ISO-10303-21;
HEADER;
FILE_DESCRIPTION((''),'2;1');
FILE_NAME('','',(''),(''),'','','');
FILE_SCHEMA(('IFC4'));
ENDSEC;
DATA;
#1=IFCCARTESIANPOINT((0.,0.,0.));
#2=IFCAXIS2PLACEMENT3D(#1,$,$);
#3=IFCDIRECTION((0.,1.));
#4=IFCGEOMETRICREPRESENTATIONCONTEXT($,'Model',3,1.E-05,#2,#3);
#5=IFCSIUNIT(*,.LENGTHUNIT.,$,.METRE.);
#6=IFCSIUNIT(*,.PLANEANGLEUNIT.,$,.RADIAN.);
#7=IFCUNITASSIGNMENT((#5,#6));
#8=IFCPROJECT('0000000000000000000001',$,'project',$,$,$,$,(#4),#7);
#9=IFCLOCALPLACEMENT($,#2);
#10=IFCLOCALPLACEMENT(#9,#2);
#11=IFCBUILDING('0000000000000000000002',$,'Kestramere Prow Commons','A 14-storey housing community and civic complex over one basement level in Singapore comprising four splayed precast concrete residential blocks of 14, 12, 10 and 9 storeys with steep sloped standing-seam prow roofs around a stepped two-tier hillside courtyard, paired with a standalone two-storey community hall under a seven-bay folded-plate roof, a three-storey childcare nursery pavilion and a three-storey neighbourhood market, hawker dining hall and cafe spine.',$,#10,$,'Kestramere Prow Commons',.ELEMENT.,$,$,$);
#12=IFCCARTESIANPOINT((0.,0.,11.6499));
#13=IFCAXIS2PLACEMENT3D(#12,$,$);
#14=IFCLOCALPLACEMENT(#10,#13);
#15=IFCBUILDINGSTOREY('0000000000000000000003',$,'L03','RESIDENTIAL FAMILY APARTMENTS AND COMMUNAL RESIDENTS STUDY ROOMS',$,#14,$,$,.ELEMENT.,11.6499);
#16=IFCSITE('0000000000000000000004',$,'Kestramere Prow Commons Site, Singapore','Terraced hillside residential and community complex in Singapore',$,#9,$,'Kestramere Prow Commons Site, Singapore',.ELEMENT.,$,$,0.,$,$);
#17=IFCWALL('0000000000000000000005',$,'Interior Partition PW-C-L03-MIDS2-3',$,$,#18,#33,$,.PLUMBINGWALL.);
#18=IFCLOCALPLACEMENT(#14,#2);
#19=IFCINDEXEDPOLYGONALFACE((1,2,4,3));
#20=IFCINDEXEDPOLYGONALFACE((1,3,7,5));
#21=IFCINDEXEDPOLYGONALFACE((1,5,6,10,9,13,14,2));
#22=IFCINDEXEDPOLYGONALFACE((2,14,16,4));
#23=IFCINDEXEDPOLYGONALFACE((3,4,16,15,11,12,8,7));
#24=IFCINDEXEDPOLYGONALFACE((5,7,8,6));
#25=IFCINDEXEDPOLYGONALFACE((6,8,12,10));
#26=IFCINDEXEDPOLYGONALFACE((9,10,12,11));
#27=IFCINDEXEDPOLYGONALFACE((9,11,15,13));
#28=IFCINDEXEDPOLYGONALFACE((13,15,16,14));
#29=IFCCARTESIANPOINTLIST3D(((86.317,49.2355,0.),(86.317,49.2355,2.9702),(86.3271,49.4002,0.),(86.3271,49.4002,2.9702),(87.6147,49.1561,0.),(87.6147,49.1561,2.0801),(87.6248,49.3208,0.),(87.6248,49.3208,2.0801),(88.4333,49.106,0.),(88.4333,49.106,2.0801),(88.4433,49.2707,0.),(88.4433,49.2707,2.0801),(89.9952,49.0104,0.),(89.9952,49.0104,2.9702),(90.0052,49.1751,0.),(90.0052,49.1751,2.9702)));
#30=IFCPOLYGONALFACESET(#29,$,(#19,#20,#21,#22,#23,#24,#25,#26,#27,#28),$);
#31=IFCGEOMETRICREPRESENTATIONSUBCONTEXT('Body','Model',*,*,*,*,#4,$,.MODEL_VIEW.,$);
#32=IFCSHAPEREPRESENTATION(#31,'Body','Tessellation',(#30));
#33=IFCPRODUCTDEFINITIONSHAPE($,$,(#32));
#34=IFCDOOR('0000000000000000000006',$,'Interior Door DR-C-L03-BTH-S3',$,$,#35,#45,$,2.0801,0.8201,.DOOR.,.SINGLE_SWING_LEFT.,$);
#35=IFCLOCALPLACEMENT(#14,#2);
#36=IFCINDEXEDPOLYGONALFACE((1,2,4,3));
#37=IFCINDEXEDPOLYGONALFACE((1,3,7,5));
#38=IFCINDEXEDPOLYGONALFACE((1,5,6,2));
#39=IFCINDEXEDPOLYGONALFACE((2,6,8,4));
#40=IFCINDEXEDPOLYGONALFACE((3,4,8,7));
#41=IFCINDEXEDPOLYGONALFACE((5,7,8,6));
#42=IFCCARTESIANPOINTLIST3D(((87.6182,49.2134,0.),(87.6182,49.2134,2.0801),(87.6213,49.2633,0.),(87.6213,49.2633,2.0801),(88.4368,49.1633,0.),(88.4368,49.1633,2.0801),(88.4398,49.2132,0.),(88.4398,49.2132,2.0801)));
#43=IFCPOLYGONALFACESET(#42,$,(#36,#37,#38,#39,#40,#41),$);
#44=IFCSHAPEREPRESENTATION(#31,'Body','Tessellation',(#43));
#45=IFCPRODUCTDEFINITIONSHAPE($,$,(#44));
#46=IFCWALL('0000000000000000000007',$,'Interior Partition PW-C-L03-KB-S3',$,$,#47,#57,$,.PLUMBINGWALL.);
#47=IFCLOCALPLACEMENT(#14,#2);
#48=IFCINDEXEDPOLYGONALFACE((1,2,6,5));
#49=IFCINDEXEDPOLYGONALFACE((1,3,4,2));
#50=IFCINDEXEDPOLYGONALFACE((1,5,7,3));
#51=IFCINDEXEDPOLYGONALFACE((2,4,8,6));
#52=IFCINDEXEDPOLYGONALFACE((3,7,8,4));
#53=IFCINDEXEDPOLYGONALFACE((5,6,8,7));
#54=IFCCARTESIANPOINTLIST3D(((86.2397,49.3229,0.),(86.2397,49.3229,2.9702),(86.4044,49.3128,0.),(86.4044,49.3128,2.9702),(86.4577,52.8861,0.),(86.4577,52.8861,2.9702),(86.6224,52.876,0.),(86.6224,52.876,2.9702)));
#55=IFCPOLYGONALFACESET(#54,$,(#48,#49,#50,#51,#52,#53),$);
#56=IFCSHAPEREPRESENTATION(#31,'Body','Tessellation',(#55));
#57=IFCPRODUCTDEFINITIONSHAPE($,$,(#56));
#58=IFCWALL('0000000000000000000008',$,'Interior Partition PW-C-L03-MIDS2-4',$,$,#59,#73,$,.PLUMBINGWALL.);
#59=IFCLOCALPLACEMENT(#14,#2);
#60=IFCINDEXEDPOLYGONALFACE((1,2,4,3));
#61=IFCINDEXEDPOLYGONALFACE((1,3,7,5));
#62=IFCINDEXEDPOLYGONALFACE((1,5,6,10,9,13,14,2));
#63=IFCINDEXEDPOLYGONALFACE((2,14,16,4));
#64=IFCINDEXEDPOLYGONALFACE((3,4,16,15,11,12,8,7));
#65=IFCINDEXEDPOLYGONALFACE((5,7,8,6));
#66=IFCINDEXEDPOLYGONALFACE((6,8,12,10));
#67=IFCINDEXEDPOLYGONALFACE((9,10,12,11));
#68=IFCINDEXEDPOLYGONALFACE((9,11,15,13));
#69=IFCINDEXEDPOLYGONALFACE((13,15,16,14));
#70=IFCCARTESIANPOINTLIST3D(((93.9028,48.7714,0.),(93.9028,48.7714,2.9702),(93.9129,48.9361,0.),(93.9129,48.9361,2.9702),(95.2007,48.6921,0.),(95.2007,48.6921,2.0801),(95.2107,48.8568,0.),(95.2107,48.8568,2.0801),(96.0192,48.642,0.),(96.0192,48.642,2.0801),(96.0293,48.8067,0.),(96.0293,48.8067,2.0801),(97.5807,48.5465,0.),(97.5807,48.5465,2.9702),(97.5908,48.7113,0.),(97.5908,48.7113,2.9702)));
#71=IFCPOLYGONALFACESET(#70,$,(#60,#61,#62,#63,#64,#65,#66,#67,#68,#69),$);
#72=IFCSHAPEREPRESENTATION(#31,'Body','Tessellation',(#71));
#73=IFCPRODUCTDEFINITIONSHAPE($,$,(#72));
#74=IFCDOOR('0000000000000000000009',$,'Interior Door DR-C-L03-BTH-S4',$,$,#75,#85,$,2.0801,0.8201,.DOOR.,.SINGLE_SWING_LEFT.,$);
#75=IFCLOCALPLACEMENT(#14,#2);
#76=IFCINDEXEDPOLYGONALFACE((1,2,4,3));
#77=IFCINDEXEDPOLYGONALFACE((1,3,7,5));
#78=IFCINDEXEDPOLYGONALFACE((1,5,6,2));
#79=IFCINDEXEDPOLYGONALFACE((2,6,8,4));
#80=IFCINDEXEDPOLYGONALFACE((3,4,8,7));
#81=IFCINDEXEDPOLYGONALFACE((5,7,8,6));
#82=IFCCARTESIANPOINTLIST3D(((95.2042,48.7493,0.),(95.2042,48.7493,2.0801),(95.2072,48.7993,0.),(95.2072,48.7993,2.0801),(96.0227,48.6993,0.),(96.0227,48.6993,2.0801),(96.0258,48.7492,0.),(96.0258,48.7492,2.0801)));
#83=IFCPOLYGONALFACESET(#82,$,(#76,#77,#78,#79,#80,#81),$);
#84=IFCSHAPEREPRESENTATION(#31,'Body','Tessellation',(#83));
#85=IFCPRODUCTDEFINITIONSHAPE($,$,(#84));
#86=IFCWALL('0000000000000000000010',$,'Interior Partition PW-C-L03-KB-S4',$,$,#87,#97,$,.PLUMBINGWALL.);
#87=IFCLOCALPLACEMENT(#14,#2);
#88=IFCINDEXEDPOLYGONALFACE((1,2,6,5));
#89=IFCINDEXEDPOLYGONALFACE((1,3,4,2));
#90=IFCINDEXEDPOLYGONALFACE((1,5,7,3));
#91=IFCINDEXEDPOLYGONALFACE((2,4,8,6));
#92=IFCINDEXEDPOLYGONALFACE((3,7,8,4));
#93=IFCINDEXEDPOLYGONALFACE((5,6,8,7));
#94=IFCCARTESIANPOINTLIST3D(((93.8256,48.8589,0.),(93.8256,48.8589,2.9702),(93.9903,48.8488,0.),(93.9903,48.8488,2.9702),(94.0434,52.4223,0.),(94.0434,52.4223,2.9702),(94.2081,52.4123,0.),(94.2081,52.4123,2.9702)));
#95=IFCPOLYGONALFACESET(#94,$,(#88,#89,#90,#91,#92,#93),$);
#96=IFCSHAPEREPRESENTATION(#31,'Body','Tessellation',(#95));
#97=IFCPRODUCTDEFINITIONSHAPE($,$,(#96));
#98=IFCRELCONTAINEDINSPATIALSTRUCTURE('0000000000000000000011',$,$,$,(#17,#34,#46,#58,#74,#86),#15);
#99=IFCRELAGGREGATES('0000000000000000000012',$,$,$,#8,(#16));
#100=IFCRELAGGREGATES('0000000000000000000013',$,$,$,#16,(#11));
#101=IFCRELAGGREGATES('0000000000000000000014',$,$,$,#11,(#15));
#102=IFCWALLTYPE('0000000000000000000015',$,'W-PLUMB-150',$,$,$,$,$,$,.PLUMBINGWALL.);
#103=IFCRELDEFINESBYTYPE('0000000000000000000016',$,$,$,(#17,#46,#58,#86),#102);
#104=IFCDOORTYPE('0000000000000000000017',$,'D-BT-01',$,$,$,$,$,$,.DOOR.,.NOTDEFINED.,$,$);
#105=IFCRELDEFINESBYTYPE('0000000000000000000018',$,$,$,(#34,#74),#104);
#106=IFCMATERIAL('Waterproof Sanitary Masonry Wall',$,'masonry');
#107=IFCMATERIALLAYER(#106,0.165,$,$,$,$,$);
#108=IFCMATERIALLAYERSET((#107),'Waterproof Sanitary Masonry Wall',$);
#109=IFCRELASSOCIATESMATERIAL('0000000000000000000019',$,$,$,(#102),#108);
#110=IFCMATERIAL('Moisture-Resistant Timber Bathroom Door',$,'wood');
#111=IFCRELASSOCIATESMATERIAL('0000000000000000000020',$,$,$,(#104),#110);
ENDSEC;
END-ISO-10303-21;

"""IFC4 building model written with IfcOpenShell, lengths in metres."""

from ifc_helpers import new_model, si_unit, direction, frame, frame_2d, origin, place, context, subcontext, project, spatial, rectangle, extrude, material, layer, layer_set, type_object, element, fill, save


model = new_model("IFC4")

# Units and contexts
model_context = context("Model", 3, precision=1e-05, world=origin(), true_north=direction((0.0, 1.0)))
body_context = subcontext(model_context, "Body", "Model", "MODEL_VIEW")
ifc_project = project(units=[si_unit("LENGTHUNIT", "METRE"), si_unit("PLANEANGLEUNIT", "RADIAN")], contexts=[model_context])

# Site, building, storey
site_placement = place(None, origin())
site = spatial("IfcSite", under=ifc_project, at=site_placement, Name="Kestramere Prow Commons Site, Singapore", Description="Terraced hillside residential and community complex in Singapore", LongName="Kestramere Prow Commons Site, Singapore", CompositionType="ELEMENT", RefElevation=0.0)
building_placement = place(site_placement, origin())
building = spatial("IfcBuilding", under=site, at=building_placement, Name="Kestramere Prow Commons", Description="A 14-storey housing community and civic complex over one basement level in Singapore comprising four splayed precast concrete residential blocks of 14, 12, 10 and 9 storeys with steep sloped standing-seam prow roofs around a stepped two-tier hillside courtyard, paired with a standalone two-storey community hall under a seven-bay folded-plate roof, a three-storey childcare nursery pavilion and a three-storey neighbourhood market, hawker dining hall and cafe spine.", LongName="Kestramere Prow Commons", CompositionType="ELEMENT")
storey_placement = place(building_placement, frame((0.0, 0.0, 11.6499)))
storey = spatial("IfcBuildingStorey", under=building, at=storey_placement, Name="L03", Description="RESIDENTIAL FAMILY APARTMENTS AND COMMUNAL RESIDENTS STUDY ROOMS", CompositionType="ELEMENT", Elevation=11.6499)

# Wall, opening, door
ifc_material_1 = material(Name="Waterproof Sanitary Masonry Wall", Category="masonry")
ifc_layer_1 = layer(ifc_material_1, 0.165)
ifc_layer_set_1 = layer_set([ifc_layer_1], Name="Waterproof Sanitary Masonry Wall")
wall_type_1 = type_object("IfcWallType", Name="W-PLUMB-150", PredefinedType="PLUMBINGWALL", material=ifc_layer_set_1)
wall_1_placement = place(storey_placement, frame((86.322, 49.3179, 0.0), z_axis=(0.0, 0.0, 1.0), x_axis=(0.998133, -0.061083, 0.0)))
wall_1 = element("IfcWall", 1, at=wall_1_placement, inside=storey, type_object=wall_type_1, Name="Interior Partition PW-C-L03-MIDS2-3", PredefinedType="PLUMBINGWALL", context=body_context, shape_type="SweptSolid", body=[
    extrude(rectangle(XDim=3.6851, YDim=0.165, at=frame_2d((1.8425, 0.0))), origin(), (0.0, 0.0, 1.0), 2.9702),
])
opening_1_placement = place(wall_1_placement, frame((1.3, 0.0, 0.0)))
opening_1 = element("IfcOpeningElement", 2, at=opening_1_placement, cuts=wall_1, PredefinedType="OPENING", context=body_context, shape_type="SweptSolid", body=[
    extrude(rectangle(XDim=0.8201, YDim=2.0801, at=frame_2d((0.4102, 1.04))), frame((0.0, 0.0974, 0.0), z_axis=(0.0, -1.0, 0.0), x_axis=(1.0, 0.0, 0.0)), (0.0, 0.0, 1.0), 0.1951),
])
ifc_material_2 = material(Name="Moisture-Resistant Timber Bathroom Door", Category="wood")
door_type_1 = type_object("IfcDoorType", Name="D-BT-01", OperationType="NOTDEFINED", PredefinedType="DOOR", material=ifc_material_2)
door_1_placement = place(opening_1_placement, origin())
door_1 = element("IfcDoor", 3, at=door_1_placement, inside=storey, type_object=door_type_1, Name="Interior Door DR-C-L03-BTH-S3", OperationType="SINGLE_SWING_LEFT", OverallHeight=2.0801, OverallWidth=0.8201, PredefinedType="DOOR", context=body_context, shape_type="SweptSolid", body=[
    extrude(rectangle(XDim=0.8201, YDim=2.0801, at=frame_2d((0.4102, 1.04))), frame((0.0, 0.0249, 0.0), z_axis=(0.0, -1.0, 0.0), x_axis=(1.0, 0.0, 0.0)), (0.0, 0.0, 1.0), 0.05),
])
fill(opening_1, door_1)

# Wall
wall_2_placement = place(storey_placement, frame((86.322, 49.3179, 0.0), z_axis=(0.0, 0.0, 1.0), x_axis=(0.061071, 0.998133, 0.0)))
element("IfcWall", 4, at=wall_2_placement, inside=storey, type_object=wall_type_1, Name="Interior Partition PW-C-L03-KB-S3", PredefinedType="PLUMBINGWALL", context=body_context, shape_type="SweptSolid", body=[
    extrude(rectangle(XDim=3.5698, YDim=0.165, at=frame_2d((1.7849, 0.0))), origin(), (0.0, 0.0, 1.0), 2.9702),
])

# Wall, opening, door
wall_3_placement = place(storey_placement, frame((93.908, 48.8538, 0.0), z_axis=(0.0, 0.0, 1.0), x_axis=(0.998136, -0.061021, 0.0)))
wall_3 = element("IfcWall", 5, at=wall_3_placement, inside=storey, type_object=wall_type_1, Name="Interior Partition PW-C-L03-MIDS2-4", PredefinedType="PLUMBINGWALL", context=body_context, shape_type="SweptSolid", body=[
    extrude(rectangle(XDim=3.6848, YDim=0.165, at=frame_2d((1.8423, 0.0))), origin(), (0.0, 0.0, 1.0), 2.9702),
])
opening_2_placement = place(wall_3_placement, frame((1.3, 0.0, 0.0)))
opening_2 = element("IfcOpeningElement", 6, at=opening_2_placement, cuts=wall_3, PredefinedType="OPENING", context=body_context, shape_type="SweptSolid", body=[
    extrude(rectangle(XDim=0.8201, YDim=2.0801, at=frame_2d((0.4102, 1.04))), frame((0.0, 0.0974, 0.0), z_axis=(0.0, -1.0, 0.0), x_axis=(1.0, 0.0, 0.0)), (0.0, 0.0, 1.0), 0.1951),
])
door_2_placement = place(opening_2_placement, origin())
door_2 = element("IfcDoor", 7, at=door_2_placement, inside=storey, type_object=door_type_1, Name="Interior Door DR-C-L03-BTH-S4", OperationType="SINGLE_SWING_LEFT", OverallHeight=2.0801, OverallWidth=0.8201, PredefinedType="DOOR", context=body_context, shape_type="SweptSolid", body=[
    extrude(rectangle(XDim=0.8201, YDim=2.0801, at=frame_2d((0.4102, 1.04))), frame((0.0, 0.0249, 0.0), z_axis=(0.0, -1.0, 0.0), x_axis=(1.0, 0.0, 0.0)), (0.0, 0.0, 1.0), 0.05),
])
fill(opening_2, door_2)

# Wall
wall_4_placement = place(storey_placement, frame((93.908, 48.8538, 0.0), z_axis=(0.0, 0.0, 1.0), x_axis=(0.060999, 0.998138, 0.0)))
element("IfcWall", 8, at=wall_4_placement, inside=storey, type_object=wall_type_1, Name="Interior Partition PW-C-L03-KB-S4", PredefinedType="PLUMBINGWALL", context=body_context, shape_type="SweptSolid", body=[
    extrude(rectangle(XDim=3.5701, YDim=0.165, at=frame_2d((1.7852, 0.0))), origin(), (0.0, 0.0, 1.0), 2.9702),
])

save(model, "model.ifc")
